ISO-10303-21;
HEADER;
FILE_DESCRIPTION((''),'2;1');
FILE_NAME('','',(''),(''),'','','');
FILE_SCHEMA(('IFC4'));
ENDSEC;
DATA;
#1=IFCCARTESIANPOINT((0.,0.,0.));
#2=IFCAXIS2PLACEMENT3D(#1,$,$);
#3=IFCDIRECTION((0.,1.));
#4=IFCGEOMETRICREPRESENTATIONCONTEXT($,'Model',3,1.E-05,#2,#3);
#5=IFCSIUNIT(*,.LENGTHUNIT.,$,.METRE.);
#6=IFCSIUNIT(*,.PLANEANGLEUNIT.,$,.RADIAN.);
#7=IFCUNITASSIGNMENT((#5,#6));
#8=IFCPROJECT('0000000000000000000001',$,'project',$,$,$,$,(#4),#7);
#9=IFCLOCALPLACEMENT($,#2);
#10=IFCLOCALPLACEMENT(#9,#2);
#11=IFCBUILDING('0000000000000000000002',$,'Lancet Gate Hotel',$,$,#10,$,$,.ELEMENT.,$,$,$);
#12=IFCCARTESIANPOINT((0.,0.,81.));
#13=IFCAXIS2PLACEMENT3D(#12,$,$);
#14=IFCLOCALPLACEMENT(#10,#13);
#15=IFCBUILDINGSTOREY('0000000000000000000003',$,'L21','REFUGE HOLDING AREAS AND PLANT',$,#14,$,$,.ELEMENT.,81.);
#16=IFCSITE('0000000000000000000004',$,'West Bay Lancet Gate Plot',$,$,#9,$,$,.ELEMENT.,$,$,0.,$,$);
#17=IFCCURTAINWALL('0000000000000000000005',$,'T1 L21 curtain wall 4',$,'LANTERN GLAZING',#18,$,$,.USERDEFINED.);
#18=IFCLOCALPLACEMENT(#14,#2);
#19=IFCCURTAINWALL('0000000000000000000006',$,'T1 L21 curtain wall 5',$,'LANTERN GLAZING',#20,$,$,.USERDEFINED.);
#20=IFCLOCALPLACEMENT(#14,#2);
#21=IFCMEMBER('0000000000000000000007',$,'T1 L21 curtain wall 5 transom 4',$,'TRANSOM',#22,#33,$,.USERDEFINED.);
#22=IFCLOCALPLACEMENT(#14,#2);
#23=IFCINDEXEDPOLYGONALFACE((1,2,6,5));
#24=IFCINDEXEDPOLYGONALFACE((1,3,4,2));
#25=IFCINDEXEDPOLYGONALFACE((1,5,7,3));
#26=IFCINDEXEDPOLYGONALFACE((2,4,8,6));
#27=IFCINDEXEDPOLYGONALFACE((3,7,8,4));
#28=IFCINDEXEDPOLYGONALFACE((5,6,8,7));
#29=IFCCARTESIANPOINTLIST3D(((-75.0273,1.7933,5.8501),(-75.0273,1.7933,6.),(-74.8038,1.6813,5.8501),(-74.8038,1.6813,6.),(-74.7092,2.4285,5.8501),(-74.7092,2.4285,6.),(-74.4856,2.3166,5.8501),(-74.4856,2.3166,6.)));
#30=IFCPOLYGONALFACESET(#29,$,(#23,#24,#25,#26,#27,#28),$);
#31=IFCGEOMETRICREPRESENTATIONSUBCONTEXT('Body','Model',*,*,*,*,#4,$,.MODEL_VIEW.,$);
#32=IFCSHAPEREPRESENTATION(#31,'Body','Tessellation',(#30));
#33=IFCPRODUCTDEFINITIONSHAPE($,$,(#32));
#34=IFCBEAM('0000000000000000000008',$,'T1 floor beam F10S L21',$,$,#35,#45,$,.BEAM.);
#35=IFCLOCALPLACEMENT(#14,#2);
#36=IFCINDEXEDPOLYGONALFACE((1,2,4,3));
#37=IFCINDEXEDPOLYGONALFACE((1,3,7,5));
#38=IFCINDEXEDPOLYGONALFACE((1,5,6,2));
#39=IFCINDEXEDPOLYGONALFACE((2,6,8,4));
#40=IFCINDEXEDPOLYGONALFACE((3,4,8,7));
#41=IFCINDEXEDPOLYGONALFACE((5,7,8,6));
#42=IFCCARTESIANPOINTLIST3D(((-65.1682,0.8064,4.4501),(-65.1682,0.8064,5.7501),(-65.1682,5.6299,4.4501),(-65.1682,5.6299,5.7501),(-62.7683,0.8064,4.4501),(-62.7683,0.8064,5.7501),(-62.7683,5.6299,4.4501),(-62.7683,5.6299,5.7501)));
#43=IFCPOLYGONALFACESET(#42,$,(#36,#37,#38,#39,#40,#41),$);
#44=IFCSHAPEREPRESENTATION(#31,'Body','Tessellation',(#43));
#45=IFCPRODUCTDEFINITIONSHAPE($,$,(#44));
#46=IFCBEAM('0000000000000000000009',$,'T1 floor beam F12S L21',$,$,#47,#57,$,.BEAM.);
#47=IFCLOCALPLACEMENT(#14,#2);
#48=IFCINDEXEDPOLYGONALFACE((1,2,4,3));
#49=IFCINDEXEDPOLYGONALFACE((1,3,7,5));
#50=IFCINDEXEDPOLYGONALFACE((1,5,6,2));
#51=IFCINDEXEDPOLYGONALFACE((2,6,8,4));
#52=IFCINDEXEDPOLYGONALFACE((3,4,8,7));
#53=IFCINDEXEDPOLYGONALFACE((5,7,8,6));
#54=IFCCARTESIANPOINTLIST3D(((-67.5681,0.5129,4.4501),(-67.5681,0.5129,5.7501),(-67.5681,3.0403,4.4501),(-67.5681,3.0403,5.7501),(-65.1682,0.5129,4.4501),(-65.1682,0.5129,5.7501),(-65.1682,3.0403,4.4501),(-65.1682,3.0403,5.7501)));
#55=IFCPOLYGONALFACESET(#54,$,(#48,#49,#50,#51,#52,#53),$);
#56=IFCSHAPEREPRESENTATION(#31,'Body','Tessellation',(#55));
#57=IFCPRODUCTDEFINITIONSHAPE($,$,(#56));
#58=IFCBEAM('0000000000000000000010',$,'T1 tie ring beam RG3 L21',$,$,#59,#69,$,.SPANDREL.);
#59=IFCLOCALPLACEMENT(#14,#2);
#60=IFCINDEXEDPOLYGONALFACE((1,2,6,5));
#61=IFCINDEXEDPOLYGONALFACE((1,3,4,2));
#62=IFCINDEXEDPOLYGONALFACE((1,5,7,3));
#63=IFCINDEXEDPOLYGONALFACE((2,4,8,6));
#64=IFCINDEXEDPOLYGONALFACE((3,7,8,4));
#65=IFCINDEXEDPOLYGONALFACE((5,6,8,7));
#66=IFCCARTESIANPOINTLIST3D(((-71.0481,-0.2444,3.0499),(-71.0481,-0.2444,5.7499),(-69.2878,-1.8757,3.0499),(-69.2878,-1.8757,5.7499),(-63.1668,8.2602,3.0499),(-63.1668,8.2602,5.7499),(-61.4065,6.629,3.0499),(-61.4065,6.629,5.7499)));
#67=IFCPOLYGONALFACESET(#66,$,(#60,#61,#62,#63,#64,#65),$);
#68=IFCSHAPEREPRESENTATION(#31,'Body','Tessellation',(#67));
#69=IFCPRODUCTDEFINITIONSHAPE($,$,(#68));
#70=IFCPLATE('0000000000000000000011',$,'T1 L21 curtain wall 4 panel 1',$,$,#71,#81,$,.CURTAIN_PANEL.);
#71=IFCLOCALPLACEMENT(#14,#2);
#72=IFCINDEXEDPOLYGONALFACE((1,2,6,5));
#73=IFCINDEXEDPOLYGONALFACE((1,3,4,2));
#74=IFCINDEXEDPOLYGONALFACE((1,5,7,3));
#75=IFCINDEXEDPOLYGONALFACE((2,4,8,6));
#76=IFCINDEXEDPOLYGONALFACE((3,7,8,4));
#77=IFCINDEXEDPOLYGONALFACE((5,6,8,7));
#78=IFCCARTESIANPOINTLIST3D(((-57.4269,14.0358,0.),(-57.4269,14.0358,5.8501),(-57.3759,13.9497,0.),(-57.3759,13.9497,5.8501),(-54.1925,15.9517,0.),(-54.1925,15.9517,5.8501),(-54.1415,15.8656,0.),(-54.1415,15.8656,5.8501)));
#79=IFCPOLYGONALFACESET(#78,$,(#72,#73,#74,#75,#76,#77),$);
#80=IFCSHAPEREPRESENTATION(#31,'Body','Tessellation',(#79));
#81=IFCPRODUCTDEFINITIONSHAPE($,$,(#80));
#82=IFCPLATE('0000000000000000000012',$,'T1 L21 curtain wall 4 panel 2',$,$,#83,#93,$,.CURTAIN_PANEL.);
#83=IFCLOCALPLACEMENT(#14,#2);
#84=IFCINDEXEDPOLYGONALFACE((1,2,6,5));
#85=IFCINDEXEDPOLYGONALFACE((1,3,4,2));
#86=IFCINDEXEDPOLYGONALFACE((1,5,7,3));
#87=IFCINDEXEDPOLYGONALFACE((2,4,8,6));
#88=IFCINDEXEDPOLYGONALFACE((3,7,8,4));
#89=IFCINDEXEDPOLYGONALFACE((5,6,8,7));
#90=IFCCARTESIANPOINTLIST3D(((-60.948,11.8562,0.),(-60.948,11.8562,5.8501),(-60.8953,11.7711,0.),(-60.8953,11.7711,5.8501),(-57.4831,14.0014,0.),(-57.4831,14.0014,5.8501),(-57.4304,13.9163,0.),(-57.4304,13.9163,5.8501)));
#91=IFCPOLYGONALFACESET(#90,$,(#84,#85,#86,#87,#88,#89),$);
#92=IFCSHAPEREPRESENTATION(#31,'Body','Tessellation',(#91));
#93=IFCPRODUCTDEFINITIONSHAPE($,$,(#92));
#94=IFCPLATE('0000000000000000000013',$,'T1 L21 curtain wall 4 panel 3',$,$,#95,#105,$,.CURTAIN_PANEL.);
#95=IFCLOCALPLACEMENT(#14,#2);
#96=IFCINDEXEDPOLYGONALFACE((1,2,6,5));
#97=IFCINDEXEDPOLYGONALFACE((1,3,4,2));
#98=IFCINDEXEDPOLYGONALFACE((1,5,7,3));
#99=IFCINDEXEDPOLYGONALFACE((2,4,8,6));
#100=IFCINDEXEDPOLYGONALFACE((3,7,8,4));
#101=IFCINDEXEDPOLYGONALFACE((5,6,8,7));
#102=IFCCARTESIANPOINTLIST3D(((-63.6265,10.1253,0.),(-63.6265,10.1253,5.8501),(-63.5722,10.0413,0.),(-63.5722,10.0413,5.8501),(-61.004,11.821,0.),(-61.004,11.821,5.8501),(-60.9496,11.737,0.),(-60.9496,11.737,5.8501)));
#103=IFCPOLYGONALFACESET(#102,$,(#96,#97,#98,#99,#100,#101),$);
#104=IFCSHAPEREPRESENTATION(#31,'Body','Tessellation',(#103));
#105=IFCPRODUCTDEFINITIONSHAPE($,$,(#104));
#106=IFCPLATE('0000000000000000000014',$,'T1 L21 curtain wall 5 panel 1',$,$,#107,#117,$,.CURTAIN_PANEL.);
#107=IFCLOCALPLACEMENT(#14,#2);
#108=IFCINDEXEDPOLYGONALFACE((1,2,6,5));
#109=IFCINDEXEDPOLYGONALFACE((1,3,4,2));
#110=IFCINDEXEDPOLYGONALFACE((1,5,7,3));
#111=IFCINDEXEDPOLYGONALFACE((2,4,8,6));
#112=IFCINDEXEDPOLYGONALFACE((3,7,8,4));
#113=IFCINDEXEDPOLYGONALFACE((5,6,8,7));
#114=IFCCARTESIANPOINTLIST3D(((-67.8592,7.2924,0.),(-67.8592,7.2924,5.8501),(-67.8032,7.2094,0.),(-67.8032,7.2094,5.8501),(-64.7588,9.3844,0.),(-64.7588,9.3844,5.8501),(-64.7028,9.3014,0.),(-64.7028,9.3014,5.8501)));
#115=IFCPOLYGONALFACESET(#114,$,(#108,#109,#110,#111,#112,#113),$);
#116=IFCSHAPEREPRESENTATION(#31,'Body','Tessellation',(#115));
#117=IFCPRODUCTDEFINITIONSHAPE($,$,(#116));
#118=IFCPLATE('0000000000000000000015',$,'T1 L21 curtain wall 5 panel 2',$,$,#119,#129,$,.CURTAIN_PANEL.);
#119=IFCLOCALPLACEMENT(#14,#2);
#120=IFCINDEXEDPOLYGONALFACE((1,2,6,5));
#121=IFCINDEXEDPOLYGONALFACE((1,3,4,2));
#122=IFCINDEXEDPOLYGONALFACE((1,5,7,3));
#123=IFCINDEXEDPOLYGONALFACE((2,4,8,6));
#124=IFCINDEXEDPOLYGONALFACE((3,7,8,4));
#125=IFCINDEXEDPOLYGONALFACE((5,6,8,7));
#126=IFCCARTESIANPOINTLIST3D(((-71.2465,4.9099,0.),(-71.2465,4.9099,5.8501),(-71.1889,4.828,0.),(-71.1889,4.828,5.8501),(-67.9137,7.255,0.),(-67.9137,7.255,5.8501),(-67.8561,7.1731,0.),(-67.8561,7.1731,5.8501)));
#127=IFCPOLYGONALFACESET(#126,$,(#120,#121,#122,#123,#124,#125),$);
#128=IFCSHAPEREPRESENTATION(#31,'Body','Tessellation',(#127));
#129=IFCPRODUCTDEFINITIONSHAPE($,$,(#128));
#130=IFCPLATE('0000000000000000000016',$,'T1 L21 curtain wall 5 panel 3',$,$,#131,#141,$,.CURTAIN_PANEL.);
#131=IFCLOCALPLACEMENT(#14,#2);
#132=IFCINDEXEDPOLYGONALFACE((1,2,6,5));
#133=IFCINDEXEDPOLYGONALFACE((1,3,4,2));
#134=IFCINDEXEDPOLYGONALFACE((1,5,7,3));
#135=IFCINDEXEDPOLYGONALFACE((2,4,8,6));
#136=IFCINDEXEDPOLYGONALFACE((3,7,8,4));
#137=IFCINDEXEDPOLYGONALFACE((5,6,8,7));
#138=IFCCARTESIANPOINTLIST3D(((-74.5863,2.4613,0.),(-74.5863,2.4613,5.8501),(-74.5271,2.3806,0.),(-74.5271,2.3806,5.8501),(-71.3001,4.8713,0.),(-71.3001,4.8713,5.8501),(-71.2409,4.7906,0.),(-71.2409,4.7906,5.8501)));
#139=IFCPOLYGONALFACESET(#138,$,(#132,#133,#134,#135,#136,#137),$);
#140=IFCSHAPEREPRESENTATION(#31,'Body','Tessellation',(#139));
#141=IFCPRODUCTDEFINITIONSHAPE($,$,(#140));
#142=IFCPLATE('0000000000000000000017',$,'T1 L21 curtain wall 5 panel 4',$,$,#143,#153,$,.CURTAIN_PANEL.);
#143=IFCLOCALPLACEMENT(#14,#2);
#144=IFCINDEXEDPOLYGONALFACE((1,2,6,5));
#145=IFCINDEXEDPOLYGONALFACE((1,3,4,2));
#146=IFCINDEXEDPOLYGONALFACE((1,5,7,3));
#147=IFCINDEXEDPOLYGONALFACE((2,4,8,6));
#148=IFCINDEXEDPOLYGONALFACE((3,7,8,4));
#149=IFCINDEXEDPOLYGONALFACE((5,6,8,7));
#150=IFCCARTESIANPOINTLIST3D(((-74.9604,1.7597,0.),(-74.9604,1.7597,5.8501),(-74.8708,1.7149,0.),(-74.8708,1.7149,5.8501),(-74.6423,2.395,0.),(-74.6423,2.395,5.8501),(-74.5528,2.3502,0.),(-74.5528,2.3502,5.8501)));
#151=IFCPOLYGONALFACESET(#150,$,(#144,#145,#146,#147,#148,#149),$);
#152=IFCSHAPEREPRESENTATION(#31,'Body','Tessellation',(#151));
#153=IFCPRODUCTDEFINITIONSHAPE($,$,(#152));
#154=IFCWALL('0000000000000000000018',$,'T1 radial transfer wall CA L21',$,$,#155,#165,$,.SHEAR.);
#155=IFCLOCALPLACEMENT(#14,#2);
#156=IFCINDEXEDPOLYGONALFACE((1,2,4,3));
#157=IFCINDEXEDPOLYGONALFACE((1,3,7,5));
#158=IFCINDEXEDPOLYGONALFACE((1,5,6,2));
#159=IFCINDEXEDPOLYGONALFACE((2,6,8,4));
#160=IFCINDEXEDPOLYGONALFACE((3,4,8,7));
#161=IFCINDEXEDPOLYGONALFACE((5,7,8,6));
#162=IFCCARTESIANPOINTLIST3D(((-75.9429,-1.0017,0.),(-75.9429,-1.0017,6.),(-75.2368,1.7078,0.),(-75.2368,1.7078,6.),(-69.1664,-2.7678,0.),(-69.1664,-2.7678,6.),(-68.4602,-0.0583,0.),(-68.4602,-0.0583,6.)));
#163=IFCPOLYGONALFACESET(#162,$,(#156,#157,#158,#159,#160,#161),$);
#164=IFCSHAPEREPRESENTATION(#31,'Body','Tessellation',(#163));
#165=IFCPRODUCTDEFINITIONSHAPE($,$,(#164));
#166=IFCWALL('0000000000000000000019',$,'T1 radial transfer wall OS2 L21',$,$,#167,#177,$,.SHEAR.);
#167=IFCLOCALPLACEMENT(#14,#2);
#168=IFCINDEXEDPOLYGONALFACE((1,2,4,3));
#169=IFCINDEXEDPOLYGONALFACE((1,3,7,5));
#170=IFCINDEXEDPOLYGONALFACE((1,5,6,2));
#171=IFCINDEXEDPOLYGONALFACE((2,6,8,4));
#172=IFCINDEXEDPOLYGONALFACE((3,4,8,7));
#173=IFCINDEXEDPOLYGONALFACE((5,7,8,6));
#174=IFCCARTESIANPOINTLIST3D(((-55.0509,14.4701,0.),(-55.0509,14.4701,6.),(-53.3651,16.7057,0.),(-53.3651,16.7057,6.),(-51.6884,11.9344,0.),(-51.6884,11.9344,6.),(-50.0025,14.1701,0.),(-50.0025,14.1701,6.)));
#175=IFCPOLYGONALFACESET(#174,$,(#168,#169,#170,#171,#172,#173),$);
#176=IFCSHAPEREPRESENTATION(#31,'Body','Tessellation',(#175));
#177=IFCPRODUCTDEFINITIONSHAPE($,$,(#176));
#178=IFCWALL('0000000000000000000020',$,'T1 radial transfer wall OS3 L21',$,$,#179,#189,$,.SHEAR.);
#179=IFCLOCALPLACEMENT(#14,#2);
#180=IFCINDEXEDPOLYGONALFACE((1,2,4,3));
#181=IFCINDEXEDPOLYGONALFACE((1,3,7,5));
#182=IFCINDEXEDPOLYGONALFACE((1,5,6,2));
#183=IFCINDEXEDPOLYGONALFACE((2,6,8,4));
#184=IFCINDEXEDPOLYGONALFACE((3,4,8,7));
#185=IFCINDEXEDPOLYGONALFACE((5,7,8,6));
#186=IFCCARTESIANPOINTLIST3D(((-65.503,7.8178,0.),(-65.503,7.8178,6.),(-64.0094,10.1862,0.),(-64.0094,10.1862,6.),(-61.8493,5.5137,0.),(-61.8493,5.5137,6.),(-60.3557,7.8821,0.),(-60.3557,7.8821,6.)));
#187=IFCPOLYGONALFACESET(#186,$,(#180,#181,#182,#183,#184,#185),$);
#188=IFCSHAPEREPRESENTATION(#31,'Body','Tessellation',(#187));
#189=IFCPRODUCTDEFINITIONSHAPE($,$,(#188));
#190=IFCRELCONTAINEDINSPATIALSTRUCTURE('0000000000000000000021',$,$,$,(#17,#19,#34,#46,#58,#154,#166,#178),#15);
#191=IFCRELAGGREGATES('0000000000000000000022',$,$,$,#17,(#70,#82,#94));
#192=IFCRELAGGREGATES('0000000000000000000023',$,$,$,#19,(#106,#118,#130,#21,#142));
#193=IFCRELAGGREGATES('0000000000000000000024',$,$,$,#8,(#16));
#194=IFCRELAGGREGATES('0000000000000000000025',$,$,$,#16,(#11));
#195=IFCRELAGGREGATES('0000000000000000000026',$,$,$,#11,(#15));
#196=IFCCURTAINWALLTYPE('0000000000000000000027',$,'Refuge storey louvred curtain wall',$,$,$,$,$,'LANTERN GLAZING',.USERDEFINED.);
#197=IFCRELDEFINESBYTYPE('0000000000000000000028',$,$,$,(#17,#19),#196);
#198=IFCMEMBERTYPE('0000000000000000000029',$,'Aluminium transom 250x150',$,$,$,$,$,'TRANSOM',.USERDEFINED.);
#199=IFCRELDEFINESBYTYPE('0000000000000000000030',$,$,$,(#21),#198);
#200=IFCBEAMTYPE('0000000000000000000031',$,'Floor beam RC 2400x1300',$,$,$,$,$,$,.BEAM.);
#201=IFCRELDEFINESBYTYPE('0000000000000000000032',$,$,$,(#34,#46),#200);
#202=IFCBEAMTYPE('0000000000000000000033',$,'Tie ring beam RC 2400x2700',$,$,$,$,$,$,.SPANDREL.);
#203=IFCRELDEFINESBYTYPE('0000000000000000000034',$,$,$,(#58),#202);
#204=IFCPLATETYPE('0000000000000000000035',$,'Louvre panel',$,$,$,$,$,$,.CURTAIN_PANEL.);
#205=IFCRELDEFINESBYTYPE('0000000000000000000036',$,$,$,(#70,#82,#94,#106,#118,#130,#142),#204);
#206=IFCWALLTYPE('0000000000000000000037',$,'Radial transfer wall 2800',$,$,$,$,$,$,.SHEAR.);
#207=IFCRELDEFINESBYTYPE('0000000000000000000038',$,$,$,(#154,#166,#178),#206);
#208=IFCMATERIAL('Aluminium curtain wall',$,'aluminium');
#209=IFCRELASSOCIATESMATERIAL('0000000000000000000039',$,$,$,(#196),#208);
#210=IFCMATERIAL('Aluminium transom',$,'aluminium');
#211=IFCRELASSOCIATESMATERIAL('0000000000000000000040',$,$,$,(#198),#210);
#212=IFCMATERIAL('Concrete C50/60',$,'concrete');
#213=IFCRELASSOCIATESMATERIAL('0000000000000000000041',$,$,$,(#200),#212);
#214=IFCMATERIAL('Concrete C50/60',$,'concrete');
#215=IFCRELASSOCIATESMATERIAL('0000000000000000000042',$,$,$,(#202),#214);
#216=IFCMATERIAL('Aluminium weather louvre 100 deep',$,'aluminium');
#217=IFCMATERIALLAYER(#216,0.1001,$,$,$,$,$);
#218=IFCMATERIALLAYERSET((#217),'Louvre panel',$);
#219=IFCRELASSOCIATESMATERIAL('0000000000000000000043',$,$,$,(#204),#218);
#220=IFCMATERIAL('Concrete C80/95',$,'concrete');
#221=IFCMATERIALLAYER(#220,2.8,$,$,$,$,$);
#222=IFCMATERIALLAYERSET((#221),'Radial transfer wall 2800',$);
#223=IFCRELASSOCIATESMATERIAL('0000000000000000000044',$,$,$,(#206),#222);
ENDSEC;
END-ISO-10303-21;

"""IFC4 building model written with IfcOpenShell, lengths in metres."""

from ifc_helpers import new_model, si_unit, direction, frame, frame_2d, origin, origin_2d, place, context, subcontext, project, spatial, rectangle, extrude, material, layer, layer_set, material_profile, profile_set, type_object, element, aggregate, save


model = new_model("IFC4")

# Units and contexts
model_context = context("Model", 3, precision=1e-05, world=origin(), true_north=direction((0.0, 1.0)))
body_context = subcontext(model_context, "Body", "Model", "MODEL_VIEW")
ifc_project = project(units=[si_unit("LENGTHUNIT", "METRE"), si_unit("PLANEANGLEUNIT", "RADIAN")], contexts=[model_context])

# Site, building, storey
site_placement = place(None, origin())
site = spatial("IfcSite", under=ifc_project, at=site_placement, Name="West Bay Lancet Gate Plot", CompositionType="ELEMENT", RefElevation=0.0)
building_placement = place(site_placement, origin())
building = spatial("IfcBuilding", under=site, at=building_placement, Name="Lancet Gate Hotel", CompositionType="ELEMENT")
storey_placement = place(building_placement, frame((0.0, 0.0, 81.0)))
storey = spatial("IfcBuildingStorey", under=building, at=storey_placement, Name="L21", Description="REFUGE HOLDING AREAS AND PLANT", CompositionType="ELEMENT", Elevation=81.0)

# Curtain walls
ifc_material_1 = material(Name="Aluminium curtain wall", Category="aluminium")
curtain_wall_type = type_object("IfcCurtainWallType", Name="Refuge storey louvred curtain wall", ElementType="LANTERN GLAZING", PredefinedType="USERDEFINED", material=ifc_material_1)
curtain_wall_1_placement = place(storey_placement, origin())
curtain_wall_1 = element("IfcCurtainWall", 1, at=curtain_wall_1_placement, inside=storey, type_object=curtain_wall_type, Name="T1 L21 curtain wall 4", ObjectType="LANTERN GLAZING", PredefinedType="USERDEFINED")
curtain_wall_2_placement = place(storey_placement, origin())
curtain_wall_2 = element("IfcCurtainWall", 2, at=curtain_wall_2_placement, inside=storey, type_object=curtain_wall_type, Name="T1 L21 curtain wall 5", ObjectType="LANTERN GLAZING", PredefinedType="USERDEFINED")

# Member
ifc_material_2 = material(Name="Aluminium transom", Category="aluminium")
ifc_material_profile_1 = material_profile(ifc_material_2, rectangle(XDim=0.25, YDim=0.1499, at=origin_2d()), Name="TRANSOM 250x150")
ifc_profile_set_1 = profile_set([ifc_material_profile_1], Name="Aluminium transom")
member_type_1 = type_object("IfcMemberType", Name="Aluminium transom 250x150", ElementType="TRANSOM", PredefinedType="USERDEFINED", material=ifc_profile_set_1)
member_1_placement = place(storey_placement, frame((-74.5974, 2.3726, 5.925), z_axis=(-0.447763, -0.894152, 0.0), x_axis=(0.894152, -0.447763, 0.0)))
member_1 = element("IfcMember", 3, at=member_1_placement, type_object=member_type_1, Name="T1 L21 curtain wall 5 transom 4", ObjectType="TRANSOM", PredefinedType="USERDEFINED", context=body_context, shape_type="SweptSolid", body=[
    extrude(rectangle(XDim=0.25, YDim=0.1499, at=origin_2d()), origin(), (0.0, 0.0, 1.0), 0.7104),
])

# Beams
ifc_material_3 = material(Name="Concrete C50/60", Category="concrete")
ifc_material_profile_2 = material_profile(ifc_material_3, rectangle(XDim=2.3999, YDim=1.3, at=origin_2d()), Name="RC 2400x1300")
ifc_profile_set_2 = profile_set([ifc_material_profile_2], Name="Concrete C50/60")
beam_type_1 = type_object("IfcBeamType", Name="Floor beam RC 2400x1300", PredefinedType="BEAM", material=ifc_profile_set_2)
beam_1_placement = place(storey_placement, frame((-63.9683, 5.6299, 5.1001), z_axis=(0.0, -1.0, 0.0), x_axis=(1.0, 0.0, 0.0)))
element("IfcBeam", 4, at=beam_1_placement, inside=storey, type_object=beam_type_1, Name="T1 floor beam F10S L21", PredefinedType="BEAM", context=body_context, shape_type="SweptSolid", body=[
    extrude(rectangle(XDim=2.3999, YDim=1.3, at=origin_2d()), origin(), (0.0, 0.0, 1.0), 4.8235),
])
beam_2_placement = place(storey_placement, frame((-66.3682, 3.0403, 5.1001), z_axis=(0.0, -1.0, 0.0), x_axis=(1.0, 0.0, 0.0)))
element("IfcBeam", 5, at=beam_2_placement, inside=storey, type_object=beam_type_1, Name="T1 floor beam F12S L21", PredefinedType="BEAM", context=body_context, shape_type="SweptSolid", body=[
    extrude(rectangle(XDim=2.3999, YDim=1.3, at=origin_2d()), origin(), (0.0, 0.0, 1.0), 2.5273),
])
ifc_material_4 = material(Name="Concrete C50/60", Category="concrete")
ifc_material_profile_3 = material_profile(ifc_material_4, rectangle(XDim=2.3999, YDim=2.7, at=origin_2d()), Name="RC 2400x2700")
ifc_profile_set_3 = profile_set([ifc_material_profile_3], Name="Concrete C50/60")
beam_type_2 = type_object("IfcBeamType", Name="Tie ring beam RC 2400x2700", PredefinedType="SPANDREL", material=ifc_profile_set_3)
beam_3_placement = place(storey_placement, frame((-62.2866, 7.4446, 4.3999), z_axis=(-0.679718, -0.733473, 0.0), x_axis=(0.733473, -0.679718, 0.0)))
element("IfcBeam", 6, at=beam_3_placement, inside=storey, type_object=beam_type_2, Name="T1 tie ring beam RG3 L21", PredefinedType="SPANDREL", context=body_context, shape_type="SweptSolid", body=[
    extrude(rectangle(XDim=2.3999, YDim=2.7, at=origin_2d()), origin(), (0.0, 0.0, 1.0), 11.595),
])

# Plates
ifc_material_5 = material(Name="Aluminium weather louvre 100 deep", Category="aluminium")
ifc_layer_1 = layer(ifc_material_5, 0.1001)
ifc_layer_set_1 = layer_set([ifc_layer_1], Name="Louvre panel")
plate_type = type_object("IfcPlateType", Name="Louvre panel", PredefinedType="CURTAIN_PANEL", material=ifc_layer_set_1)
plate_1_placement = place(storey_placement, frame((-55.7842, 14.9507, 0.0), z_axis=(0.0, 0.0, 1.0), x_axis=(-0.860382, -0.50965, 0.0)))
plate_1 = element("IfcPlate", 7, at=plate_1_placement, type_object=plate_type, Name="T1 L21 curtain wall 4 panel 1", PredefinedType="CURTAIN_PANEL", context=body_context, shape_type="SweptSolid", body=[
    extrude(rectangle(XDim=3.7593, YDim=0.1001, at=origin_2d()), origin(), (0.0, 0.0, 1.0), 5.8501),
])
plate_2_placement = place(storey_placement, frame((-59.1892, 12.8862, 0.0), z_axis=(0.0, 0.0, 1.0), x_axis=(-0.850229, -0.526414, 0.0)))
plate_2 = element("IfcPlate", 8, at=plate_2_placement, type_object=plate_type, Name="T1 L21 curtain wall 4 panel 2", PredefinedType="CURTAIN_PANEL", context=body_context, shape_type="SweptSolid", body=[
    extrude(rectangle(XDim=4.0752, YDim=0.1001, at=origin_2d()), origin(), (0.0, 0.0, 1.0), 5.8501),
])
plate_3_placement = place(storey_placement, frame((-62.2881, 10.9312, 0.0), z_axis=(0.0, 0.0, 1.0), x_axis=(-0.839749, -0.542975, 0.0)))
plate_3 = element("IfcPlate", 9, at=plate_3_placement, type_object=plate_type, Name="T1 L21 curtain wall 4 panel 3", PredefinedType="CURTAIN_PANEL", context=body_context, shape_type="SweptSolid", body=[
    extrude(rectangle(XDim=3.123, YDim=0.1001, at=origin_2d()), origin(), (0.0, 0.0, 1.0), 5.8501),
])
aggregate(curtain_wall_1, [plate_1, plate_2, plate_3])
plate_4_placement = place(storey_placement, frame((-66.281, 8.2969, 0.0), z_axis=(0.0, 0.0, 1.0), x_axis=(-0.828946, -0.559329, 0.0)))
plate_4 = element("IfcPlate", 10, at=plate_4_placement, type_object=plate_type, Name="T1 L21 curtain wall 5 panel 1", PredefinedType="CURTAIN_PANEL", context=body_context, shape_type="SweptSolid", body=[
    extrude(rectangle(XDim=3.7402, YDim=0.1001, at=origin_2d()), origin(), (0.0, 0.0, 1.0), 5.8501),
])
plate_5_placement = place(storey_placement, frame((-69.5513, 6.0415, 0.0), z_axis=(0.0, 0.0, 1.0), x_axis=(-0.817825, -0.575467, 0.0)))
plate_5 = element("IfcPlate", 11, at=plate_5_placement, type_object=plate_type, Name="T1 L21 curtain wall 5 panel 2", PredefinedType="CURTAIN_PANEL", context=body_context, shape_type="SweptSolid", body=[
    extrude(rectangle(XDim=4.0752, YDim=0.1001, at=origin_2d()), origin(), (0.0, 0.0, 1.0), 5.8501),
])
plate_6_placement = place(storey_placement, frame((-72.9136, 3.626, 0.0), z_axis=(0.0, 0.0, 1.0), x_axis=(-0.80639, -0.591384, 0.0)))
plate_6 = element("IfcPlate", 12, at=plate_6_placement, type_object=plate_type, Name="T1 L21 curtain wall 5 panel 3", PredefinedType="CURTAIN_PANEL", context=body_context, shape_type="SweptSolid", body=[
    extrude(rectangle(XDim=4.0752, YDim=0.1001, at=origin_2d()), origin(), (0.0, 0.0, 1.0), 5.8501),
])
plate_7_placement = place(storey_placement, frame((-74.7566, 2.0549, 0.0), z_axis=(0.0, 0.0, 1.0), x_axis=(-0.447628, -0.89422, 0.0)))
plate_7 = element("IfcPlate", 13, at=plate_7_placement, type_object=plate_type, Name="T1 L21 curtain wall 5 panel 4", PredefinedType="CURTAIN_PANEL", context=body_context, shape_type="SweptSolid", body=[
    extrude(rectangle(XDim=0.7104, YDim=0.1001, at=origin_2d()), origin(), (0.0, 0.0, 1.0), 5.8501),
])
aggregate(curtain_wall_2, [plate_4, plate_5, plate_6, member_1, plate_7])

# Walls
ifc_material_6 = material(Name="Concrete C80/95", Category="concrete")
ifc_layer_2 = layer(ifc_material_6, 2.8)
ifc_layer_set_2 = layer_set([ifc_layer_2], Name="Radial transfer wall 2800")
wall_type = type_object("IfcWallType", Name="Radial transfer wall 2800", PredefinedType="SHEAR", material=ifc_layer_set_2)
wall_1_placement = place(storey_placement, frame((-75.5898, 0.353, 0.0), z_axis=(0.0, 0.0, 1.0), x_axis=(0.967676, -0.252195, 0.0)))
element("IfcWall", 14, at=wall_1_placement, inside=storey, type_object=wall_type, Name="T1 radial transfer wall CA L21", PredefinedType="SHEAR", context=body_context, shape_type="SweptSolid", body=[
    extrude(rectangle(XDim=7.0029, YDim=2.8, at=frame_2d((3.5015, 0.0))), origin(), (0.0, 0.0, 1.0), 6.0),
])
wall_2_placement = place(storey_placement, frame((-54.208, 15.5879, 0.0), z_axis=(0.0, 0.0, 1.0), x_axis=(0.798432, -0.602085, 0.0)))
element("IfcWall", 15, at=wall_2_placement, inside=storey, type_object=wall_type, Name="T1 radial transfer wall OS2 L21", PredefinedType="SHEAR", context=body_context, shape_type="SweptSolid", body=[
    extrude(rectangle(XDim=4.2114, YDim=2.8, at=frame_2d((2.1057, 0.0))), origin(), (0.0, 0.0, 1.0), 6.0),
])
wall_3_placement = place(storey_placement, frame((-64.7561, 9.002, 0.0), z_axis=(0.0, 0.0, 1.0), x_axis=(0.845851, -0.533419, 0.0)))
element("IfcWall", 16, at=wall_3_placement, inside=storey, type_object=wall_type, Name="T1 radial transfer wall OS3 L21", PredefinedType="SHEAR", context=body_context, shape_type="SweptSolid", body=[
    extrude(rectangle(XDim=4.3196, YDim=2.8, at=frame_2d((2.1597, 0.0))), origin(), (0.0, 0.0, 1.0), 6.0),
])

save(model, "model.ifc")
